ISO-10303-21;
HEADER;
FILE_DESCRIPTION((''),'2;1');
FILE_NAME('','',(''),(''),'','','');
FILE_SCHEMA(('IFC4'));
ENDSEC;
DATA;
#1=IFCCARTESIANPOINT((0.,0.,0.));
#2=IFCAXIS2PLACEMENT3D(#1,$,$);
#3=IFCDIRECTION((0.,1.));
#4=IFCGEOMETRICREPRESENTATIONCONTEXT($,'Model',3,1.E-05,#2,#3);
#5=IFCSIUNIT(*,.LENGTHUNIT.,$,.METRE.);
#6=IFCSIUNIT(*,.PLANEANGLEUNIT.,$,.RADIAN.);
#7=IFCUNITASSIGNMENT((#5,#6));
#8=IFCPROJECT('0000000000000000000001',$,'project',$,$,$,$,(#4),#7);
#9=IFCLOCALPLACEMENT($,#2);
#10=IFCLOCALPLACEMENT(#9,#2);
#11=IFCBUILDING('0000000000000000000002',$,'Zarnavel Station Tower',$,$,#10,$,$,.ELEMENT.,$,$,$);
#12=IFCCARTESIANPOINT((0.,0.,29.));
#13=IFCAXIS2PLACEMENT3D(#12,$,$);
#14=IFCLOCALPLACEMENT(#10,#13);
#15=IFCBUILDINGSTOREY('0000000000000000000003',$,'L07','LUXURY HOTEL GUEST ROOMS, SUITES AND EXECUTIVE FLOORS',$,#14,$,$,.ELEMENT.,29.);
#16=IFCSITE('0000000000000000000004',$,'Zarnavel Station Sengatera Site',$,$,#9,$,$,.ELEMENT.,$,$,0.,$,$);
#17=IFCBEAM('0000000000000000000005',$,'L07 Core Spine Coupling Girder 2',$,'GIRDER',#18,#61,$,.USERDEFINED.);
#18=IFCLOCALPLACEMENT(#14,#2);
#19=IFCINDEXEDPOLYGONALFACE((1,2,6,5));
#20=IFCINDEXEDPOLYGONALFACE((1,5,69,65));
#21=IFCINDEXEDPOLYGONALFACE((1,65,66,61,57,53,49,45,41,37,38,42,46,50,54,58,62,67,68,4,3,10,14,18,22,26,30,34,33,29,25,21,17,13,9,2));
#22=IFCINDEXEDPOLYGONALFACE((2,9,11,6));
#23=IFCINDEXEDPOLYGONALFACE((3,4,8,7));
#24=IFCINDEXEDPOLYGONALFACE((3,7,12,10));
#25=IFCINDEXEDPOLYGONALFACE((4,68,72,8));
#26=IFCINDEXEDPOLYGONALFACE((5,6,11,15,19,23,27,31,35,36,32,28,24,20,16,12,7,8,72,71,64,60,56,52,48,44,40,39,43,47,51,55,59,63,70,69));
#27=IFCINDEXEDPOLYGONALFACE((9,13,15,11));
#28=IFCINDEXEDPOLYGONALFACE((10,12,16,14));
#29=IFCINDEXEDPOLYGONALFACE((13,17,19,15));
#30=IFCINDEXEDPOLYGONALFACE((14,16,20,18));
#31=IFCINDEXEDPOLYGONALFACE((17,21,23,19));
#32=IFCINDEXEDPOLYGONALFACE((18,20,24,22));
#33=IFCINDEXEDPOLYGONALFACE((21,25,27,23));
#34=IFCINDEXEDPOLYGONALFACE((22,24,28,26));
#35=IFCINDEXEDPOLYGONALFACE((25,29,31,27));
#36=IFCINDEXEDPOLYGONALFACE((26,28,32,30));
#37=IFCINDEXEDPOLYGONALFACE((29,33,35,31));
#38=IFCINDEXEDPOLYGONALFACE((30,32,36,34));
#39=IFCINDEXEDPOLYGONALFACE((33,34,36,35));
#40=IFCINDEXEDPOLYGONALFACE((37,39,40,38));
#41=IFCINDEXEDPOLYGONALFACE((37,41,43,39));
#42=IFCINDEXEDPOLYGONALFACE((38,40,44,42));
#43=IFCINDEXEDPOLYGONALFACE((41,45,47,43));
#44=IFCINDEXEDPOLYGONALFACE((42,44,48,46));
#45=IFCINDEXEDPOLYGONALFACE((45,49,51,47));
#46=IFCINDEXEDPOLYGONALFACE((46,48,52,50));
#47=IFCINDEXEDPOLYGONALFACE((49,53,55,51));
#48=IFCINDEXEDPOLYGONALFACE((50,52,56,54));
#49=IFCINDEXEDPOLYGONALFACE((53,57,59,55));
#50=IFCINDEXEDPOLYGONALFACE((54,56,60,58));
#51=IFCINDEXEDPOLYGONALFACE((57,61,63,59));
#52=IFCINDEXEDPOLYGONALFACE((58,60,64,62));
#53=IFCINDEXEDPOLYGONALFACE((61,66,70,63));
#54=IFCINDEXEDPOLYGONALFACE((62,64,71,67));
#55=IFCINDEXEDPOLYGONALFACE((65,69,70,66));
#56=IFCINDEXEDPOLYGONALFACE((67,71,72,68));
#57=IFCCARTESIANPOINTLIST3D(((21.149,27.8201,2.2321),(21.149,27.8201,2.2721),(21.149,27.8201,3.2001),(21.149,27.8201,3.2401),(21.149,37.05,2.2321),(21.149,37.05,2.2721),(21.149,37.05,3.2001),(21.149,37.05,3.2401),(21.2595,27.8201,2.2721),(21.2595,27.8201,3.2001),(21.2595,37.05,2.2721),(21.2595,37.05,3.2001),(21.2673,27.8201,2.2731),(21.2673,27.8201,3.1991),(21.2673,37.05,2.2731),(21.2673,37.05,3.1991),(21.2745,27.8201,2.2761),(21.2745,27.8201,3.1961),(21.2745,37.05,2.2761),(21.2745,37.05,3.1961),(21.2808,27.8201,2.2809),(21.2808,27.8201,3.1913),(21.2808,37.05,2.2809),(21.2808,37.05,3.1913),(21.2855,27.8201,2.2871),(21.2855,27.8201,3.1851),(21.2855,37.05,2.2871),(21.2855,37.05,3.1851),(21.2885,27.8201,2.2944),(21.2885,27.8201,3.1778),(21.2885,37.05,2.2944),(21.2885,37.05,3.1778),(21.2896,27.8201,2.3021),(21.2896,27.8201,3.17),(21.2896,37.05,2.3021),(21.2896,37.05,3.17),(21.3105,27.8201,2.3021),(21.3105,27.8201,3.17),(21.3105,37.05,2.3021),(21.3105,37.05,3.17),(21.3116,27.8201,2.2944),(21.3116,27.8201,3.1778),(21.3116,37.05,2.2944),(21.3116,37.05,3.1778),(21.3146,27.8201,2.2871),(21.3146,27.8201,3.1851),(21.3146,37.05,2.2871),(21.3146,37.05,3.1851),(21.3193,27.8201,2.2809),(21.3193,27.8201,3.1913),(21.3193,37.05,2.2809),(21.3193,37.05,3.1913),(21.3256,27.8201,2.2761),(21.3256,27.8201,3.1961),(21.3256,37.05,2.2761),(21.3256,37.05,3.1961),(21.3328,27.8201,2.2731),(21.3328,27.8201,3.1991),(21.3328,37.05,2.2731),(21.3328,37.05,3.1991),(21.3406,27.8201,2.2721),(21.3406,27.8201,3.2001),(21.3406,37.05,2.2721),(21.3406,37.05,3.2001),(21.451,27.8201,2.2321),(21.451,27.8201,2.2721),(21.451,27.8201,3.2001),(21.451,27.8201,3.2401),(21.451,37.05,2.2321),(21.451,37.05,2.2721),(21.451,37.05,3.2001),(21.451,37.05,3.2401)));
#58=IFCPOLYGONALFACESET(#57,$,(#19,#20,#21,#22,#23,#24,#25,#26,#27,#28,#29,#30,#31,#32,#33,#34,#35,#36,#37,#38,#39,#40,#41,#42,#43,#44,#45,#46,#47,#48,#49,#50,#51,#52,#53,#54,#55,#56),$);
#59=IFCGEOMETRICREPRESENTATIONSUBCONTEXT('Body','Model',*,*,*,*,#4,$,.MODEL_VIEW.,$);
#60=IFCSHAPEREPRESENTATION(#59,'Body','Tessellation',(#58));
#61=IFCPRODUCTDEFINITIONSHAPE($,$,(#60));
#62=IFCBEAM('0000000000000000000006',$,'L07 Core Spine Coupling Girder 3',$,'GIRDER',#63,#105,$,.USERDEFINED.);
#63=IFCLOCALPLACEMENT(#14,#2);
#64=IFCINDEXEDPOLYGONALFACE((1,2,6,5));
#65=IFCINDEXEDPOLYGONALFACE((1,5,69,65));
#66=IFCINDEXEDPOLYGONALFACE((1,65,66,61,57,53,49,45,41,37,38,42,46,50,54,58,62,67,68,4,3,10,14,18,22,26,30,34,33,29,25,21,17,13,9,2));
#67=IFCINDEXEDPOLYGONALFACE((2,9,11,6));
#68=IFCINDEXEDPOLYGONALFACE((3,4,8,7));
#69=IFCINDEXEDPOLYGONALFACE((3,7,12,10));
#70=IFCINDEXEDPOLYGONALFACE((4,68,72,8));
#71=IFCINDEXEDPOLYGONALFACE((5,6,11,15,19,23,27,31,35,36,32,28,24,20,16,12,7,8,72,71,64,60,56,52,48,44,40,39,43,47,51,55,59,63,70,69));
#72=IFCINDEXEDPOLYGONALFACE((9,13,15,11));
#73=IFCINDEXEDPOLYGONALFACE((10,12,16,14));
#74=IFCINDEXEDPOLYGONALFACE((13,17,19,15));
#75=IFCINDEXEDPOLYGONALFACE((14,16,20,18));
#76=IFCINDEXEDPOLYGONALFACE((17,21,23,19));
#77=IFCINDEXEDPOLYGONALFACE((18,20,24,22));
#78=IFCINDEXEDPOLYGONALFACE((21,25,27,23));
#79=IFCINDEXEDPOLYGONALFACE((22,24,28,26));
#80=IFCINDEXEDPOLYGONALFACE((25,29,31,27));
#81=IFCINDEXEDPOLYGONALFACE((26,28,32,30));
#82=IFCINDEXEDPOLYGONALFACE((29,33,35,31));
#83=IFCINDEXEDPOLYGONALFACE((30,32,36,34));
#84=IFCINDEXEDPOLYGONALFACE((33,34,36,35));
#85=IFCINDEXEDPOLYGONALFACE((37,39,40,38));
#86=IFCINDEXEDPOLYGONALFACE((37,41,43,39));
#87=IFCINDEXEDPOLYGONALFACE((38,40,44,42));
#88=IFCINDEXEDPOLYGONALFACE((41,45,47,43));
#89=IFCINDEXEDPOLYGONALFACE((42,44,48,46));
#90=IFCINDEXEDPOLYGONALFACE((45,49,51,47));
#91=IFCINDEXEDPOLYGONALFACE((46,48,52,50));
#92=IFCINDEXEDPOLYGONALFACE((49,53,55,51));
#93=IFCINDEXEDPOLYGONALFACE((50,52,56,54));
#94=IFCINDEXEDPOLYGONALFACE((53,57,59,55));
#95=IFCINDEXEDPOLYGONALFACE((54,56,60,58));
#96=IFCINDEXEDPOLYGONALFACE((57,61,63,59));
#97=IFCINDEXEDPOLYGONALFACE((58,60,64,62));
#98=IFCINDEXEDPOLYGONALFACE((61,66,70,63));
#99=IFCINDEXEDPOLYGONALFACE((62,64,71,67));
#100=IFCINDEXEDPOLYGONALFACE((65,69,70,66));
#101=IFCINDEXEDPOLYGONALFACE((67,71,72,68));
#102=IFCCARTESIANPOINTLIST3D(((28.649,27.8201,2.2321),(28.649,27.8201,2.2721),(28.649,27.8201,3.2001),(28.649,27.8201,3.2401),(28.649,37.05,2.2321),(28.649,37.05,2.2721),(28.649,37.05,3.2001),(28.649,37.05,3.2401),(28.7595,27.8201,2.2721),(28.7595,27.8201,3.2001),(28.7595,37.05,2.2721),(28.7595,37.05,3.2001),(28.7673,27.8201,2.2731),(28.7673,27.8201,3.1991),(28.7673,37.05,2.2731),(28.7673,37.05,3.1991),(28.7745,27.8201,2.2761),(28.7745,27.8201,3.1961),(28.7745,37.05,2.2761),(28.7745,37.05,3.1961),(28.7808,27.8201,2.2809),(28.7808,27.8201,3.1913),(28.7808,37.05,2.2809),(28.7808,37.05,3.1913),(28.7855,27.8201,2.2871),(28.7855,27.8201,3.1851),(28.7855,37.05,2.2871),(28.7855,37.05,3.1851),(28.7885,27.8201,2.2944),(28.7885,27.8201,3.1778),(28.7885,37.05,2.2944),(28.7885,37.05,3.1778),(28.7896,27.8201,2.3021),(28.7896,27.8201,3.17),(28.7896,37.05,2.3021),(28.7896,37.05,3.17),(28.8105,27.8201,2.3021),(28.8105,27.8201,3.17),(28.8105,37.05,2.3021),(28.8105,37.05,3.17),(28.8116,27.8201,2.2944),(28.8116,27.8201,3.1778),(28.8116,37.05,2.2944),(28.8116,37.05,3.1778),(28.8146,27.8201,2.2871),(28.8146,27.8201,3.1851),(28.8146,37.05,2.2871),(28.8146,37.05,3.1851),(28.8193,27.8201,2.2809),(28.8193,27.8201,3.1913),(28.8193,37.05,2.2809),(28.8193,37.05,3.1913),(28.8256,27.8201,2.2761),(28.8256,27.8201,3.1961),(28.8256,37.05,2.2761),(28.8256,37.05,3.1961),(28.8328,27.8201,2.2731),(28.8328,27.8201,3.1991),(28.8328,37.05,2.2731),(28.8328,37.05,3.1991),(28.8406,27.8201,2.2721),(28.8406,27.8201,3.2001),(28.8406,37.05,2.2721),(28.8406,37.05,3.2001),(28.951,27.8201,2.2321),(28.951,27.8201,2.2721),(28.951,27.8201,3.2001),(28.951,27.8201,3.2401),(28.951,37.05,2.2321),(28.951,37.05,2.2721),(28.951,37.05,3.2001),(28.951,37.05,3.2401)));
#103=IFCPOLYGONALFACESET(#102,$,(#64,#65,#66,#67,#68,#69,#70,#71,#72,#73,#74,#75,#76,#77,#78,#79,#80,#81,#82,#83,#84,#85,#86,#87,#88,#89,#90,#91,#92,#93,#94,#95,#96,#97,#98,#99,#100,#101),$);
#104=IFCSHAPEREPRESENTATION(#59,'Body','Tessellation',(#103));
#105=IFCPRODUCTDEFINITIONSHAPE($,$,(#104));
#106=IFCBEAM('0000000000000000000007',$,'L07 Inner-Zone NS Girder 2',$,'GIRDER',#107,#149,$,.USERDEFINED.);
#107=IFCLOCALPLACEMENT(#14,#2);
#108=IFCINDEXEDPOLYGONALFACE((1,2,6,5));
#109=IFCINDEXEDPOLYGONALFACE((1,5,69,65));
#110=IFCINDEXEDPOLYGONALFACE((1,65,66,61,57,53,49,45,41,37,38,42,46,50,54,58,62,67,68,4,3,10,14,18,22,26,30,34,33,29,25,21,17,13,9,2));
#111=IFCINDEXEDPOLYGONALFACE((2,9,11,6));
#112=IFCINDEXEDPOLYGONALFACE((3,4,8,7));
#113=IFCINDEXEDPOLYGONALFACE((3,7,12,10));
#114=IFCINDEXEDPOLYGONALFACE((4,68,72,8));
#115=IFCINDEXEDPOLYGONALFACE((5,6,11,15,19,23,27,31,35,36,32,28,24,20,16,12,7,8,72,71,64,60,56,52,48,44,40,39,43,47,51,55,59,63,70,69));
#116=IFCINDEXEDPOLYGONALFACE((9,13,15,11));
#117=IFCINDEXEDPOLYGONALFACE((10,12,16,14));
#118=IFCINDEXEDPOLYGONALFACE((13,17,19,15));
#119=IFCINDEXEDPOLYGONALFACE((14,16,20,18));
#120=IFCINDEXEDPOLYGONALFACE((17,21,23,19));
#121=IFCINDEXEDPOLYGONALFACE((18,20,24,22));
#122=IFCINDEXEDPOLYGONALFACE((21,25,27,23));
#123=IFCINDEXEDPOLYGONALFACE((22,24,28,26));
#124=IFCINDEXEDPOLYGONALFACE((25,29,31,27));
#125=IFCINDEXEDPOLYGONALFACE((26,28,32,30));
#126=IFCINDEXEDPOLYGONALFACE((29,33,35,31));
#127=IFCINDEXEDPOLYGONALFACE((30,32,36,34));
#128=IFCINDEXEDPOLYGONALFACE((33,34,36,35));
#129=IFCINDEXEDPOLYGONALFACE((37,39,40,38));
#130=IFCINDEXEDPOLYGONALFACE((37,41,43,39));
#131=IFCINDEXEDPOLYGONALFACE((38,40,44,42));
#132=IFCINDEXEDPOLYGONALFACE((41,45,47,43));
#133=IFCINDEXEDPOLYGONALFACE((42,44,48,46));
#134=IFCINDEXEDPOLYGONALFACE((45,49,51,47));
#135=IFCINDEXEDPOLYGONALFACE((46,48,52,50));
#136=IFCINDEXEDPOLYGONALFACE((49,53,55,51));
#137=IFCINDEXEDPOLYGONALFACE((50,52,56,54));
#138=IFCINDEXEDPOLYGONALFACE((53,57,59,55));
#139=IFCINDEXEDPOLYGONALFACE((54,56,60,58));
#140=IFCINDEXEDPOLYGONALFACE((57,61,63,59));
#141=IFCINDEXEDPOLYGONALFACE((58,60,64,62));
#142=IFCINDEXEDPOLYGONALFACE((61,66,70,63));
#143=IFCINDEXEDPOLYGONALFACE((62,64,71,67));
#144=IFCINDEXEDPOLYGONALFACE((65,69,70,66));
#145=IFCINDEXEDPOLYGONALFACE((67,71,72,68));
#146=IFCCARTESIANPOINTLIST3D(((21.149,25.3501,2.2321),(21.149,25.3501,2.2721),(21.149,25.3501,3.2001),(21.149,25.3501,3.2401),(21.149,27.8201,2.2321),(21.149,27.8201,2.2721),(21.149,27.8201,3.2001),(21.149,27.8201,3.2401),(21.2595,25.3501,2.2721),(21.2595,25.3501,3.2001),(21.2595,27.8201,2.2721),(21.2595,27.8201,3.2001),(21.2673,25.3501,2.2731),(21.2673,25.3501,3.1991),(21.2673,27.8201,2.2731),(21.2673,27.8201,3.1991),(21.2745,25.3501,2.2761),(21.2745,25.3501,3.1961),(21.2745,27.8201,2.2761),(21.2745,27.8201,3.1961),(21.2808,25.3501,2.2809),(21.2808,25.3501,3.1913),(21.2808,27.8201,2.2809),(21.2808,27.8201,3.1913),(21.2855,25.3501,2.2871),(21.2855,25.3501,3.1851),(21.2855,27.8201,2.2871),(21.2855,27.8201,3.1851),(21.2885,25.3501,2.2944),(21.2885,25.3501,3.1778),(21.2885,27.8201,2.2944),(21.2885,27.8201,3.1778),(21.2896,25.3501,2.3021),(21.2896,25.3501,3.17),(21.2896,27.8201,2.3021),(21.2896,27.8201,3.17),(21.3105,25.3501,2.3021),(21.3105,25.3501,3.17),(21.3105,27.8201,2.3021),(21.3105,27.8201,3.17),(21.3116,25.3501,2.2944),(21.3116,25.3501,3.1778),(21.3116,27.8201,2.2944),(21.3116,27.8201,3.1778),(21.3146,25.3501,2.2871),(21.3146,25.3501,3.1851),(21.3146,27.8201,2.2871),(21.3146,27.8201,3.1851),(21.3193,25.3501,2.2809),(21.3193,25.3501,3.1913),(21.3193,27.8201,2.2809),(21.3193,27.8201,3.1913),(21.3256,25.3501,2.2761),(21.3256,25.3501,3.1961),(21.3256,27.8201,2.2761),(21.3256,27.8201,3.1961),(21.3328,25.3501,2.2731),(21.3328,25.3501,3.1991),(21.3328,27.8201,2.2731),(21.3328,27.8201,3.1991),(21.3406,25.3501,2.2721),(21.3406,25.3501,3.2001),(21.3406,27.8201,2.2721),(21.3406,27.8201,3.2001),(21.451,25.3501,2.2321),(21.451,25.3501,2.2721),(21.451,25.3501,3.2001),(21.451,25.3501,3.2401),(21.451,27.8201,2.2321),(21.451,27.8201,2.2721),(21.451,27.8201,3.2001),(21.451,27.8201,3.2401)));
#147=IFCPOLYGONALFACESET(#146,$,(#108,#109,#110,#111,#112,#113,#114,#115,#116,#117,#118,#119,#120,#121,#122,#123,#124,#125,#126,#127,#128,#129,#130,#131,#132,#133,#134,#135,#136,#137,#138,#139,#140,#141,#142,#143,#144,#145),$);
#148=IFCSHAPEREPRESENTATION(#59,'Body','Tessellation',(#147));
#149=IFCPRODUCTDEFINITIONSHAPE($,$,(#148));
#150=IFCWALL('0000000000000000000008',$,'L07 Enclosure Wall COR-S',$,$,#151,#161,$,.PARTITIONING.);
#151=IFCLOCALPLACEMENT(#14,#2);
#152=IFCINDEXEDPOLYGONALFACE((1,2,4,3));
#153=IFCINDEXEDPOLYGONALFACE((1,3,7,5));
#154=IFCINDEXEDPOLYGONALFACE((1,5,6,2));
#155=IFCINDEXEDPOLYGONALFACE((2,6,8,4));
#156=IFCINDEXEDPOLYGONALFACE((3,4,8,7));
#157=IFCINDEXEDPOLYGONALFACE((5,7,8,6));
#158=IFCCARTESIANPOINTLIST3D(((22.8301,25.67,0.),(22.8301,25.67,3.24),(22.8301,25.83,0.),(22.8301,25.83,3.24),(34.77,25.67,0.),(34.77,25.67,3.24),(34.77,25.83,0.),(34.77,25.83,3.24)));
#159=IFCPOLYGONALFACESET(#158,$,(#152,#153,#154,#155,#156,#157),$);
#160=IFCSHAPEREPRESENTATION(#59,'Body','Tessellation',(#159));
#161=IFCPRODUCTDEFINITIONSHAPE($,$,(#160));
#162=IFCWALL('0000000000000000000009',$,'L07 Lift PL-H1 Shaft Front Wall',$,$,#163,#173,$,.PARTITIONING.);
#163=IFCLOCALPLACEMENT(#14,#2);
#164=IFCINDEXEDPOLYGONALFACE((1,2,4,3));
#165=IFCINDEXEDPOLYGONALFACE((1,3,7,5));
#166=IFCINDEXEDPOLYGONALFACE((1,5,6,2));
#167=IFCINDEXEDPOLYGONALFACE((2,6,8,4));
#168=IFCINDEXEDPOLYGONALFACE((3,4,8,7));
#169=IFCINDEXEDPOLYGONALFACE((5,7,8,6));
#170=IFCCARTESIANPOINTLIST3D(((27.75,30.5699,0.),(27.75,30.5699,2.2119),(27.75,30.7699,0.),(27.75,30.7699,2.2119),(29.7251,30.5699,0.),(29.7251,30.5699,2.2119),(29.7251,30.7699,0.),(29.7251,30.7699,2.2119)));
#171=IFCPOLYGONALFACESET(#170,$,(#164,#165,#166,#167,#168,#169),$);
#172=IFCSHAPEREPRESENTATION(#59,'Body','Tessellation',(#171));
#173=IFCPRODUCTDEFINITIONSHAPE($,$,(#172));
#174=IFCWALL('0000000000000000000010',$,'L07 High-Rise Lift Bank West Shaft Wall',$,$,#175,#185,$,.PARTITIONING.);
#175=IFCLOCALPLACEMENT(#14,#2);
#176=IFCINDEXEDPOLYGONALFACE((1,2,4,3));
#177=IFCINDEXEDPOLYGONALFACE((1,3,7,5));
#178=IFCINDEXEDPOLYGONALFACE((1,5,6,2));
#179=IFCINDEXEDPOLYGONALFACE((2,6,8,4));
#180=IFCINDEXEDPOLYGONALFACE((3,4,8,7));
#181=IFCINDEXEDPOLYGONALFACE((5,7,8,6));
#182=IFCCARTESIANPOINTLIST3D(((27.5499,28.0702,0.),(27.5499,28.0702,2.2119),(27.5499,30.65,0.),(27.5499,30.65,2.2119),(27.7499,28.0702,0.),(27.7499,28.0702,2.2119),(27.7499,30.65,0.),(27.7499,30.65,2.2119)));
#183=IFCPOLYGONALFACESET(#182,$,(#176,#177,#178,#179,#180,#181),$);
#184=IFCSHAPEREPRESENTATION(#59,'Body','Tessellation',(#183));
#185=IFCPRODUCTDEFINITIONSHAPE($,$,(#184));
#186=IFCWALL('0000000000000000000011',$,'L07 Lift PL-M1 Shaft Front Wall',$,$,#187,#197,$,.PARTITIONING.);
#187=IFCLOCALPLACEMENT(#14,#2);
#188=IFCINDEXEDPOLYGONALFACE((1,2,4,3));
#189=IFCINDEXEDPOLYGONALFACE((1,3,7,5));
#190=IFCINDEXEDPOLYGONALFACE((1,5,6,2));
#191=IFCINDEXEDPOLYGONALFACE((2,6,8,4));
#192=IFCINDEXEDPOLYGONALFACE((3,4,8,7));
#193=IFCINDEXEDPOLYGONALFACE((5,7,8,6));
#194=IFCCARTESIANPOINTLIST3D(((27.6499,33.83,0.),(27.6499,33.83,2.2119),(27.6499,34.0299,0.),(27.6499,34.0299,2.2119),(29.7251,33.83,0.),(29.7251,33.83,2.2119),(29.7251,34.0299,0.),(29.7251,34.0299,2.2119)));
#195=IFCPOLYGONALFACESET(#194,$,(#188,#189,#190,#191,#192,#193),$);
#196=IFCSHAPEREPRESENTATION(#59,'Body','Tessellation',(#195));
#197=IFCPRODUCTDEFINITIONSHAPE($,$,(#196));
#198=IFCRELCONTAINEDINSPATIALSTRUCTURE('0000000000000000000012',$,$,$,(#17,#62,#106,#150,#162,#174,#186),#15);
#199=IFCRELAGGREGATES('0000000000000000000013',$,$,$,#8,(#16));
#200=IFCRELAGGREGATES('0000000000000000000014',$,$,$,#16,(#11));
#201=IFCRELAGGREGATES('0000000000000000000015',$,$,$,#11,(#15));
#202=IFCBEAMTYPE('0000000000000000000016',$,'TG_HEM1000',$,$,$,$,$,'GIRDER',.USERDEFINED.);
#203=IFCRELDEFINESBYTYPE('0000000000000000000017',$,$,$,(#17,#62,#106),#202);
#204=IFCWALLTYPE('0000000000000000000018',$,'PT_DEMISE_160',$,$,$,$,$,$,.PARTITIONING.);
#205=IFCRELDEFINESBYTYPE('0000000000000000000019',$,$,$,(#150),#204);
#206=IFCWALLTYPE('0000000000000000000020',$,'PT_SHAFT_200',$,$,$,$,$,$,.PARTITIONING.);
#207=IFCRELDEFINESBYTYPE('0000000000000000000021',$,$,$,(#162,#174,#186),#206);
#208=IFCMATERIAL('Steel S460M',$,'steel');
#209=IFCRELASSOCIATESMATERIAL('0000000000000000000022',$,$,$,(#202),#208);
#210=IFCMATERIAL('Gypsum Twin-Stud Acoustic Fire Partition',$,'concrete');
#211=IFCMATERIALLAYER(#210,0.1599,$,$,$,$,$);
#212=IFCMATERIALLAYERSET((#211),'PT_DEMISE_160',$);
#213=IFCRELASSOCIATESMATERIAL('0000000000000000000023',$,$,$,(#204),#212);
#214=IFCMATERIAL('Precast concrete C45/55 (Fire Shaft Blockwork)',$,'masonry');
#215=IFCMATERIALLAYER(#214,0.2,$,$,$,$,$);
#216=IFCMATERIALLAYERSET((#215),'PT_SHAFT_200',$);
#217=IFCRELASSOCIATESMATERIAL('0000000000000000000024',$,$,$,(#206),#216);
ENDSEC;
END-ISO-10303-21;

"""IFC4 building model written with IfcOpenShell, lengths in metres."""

from ifc_helpers import new_model, si_unit, direction, frame, frame_2d, origin, origin_2d, place, context, subcontext, project, spatial, rectangle, i_section, extrude, material, layer, layer_set, material_profile, profile_set, type_object, element, save


model = new_model("IFC4")

# Units and contexts
model_context = context("Model", 3, precision=1e-05, world=origin(), true_north=direction((0.0, 1.0)))
body_context = subcontext(model_context, "Body", "Model", "MODEL_VIEW")
ifc_project = project(units=[si_unit("LENGTHUNIT", "METRE"), si_unit("PLANEANGLEUNIT", "RADIAN")], contexts=[model_context])

# Site, building, storey
site_placement = place(None, origin())
site = spatial("IfcSite", under=ifc_project, at=site_placement, Name="Zarnavel Station Sengatera Site", CompositionType="ELEMENT", RefElevation=0.0)
building_placement = place(site_placement, origin())
building = spatial("IfcBuilding", under=site, at=building_placement, Name="Zarnavel Station Tower", CompositionType="ELEMENT")
storey_placement = place(building_placement, frame((0.0, 0.0, 29.0)))
storey = spatial("IfcBuildingStorey", under=building, at=storey_placement, Name="L07", Description="LUXURY HOTEL GUEST ROOMS, SUITES AND EXECUTIVE FLOORS", CompositionType="ELEMENT", Elevation=29.0)

# Beams
ifc_material_1 = material(Name="Steel S460M", Category="steel")
ifc_material_profile_1 = material_profile(ifc_material_1, i_section(OverallWidth=0.302, OverallDepth=1.0081, WebThickness=0.021, FlangeThickness=0.04, FilletRadius=0.03, at=origin_2d()), Name="HEM1000")
ifc_profile_set_1 = profile_set([ifc_material_profile_1], Name="Steel S460M")
beam_type_1 = type_object("IfcBeamType", Name="TG_HEM1000", ElementType="GIRDER", PredefinedType="USERDEFINED", material=ifc_profile_set_1)
for number, where, z_axis, x_axis, name in (
    (1, (21.3, 27.8201, 2.7361), (0.0, 1.0, 0.0), (-1.0, 0.0, 0.0), "L07 Core Spine Coupling Girder 2"),
    (2, (28.8, 27.8201, 2.7361), (0.0, 1.0, 0.0), (-1.0, 0.0, 0.0), "L07 Core Spine Coupling Girder 3"),
):
    element("IfcBeam", number, at=place(storey_placement, frame(where, z_axis=z_axis, x_axis=x_axis)), inside=storey, type_object=beam_type_1, Name=name, ObjectType="GIRDER", PredefinedType="USERDEFINED", context=body_context, shape_type="SweptSolid", body=[
        extrude(i_section(OverallWidth=0.302, OverallDepth=1.0081, WebThickness=0.021, FlangeThickness=0.04, FilletRadius=0.03, at=origin_2d()), origin(), (0.0, 0.0, 1.0), 9.23),
    ])
beam_1_placement = place(storey_placement, frame((21.3, 25.3501, 2.7361), z_axis=(0.0, 1.0, 0.0), x_axis=(-1.0, 0.0, 0.0)))
element("IfcBeam", 3, at=beam_1_placement, inside=storey, type_object=beam_type_1, Name="L07 Inner-Zone NS Girder 2", ObjectType="GIRDER", PredefinedType="USERDEFINED", context=body_context, shape_type="SweptSolid", body=[
    extrude(i_section(OverallWidth=0.302, OverallDepth=1.0081, WebThickness=0.021, FlangeThickness=0.04, FilletRadius=0.03, at=origin_2d()), origin(), (0.0, 0.0, 1.0), 2.47),
])

# Walls
ifc_material_2 = material(Name="Gypsum Twin-Stud Acoustic Fire Partition", Category="concrete")
ifc_layer_1 = layer(ifc_material_2, 0.1599)
ifc_layer_set_1 = layer_set([ifc_layer_1], Name="PT_DEMISE_160")
wall_type_1 = type_object("IfcWallType", Name="PT_DEMISE_160", PredefinedType="PARTITIONING", material=ifc_layer_set_1)
wall_1_placement = place(storey_placement, frame((22.8301, 25.75, 0.0), z_axis=(0.0, 0.0, 1.0), x_axis=(1.0, 0.0, 0.0)))
element("IfcWall", 4, at=wall_1_placement, inside=storey, type_object=wall_type_1, Name="L07 Enclosure Wall COR-S", PredefinedType="PARTITIONING", context=body_context, shape_type="SweptSolid", body=[
    extrude(rectangle(XDim=11.9399, YDim=0.1599, at=frame_2d((5.97, 0.0))), origin(), (0.0, 0.0, 1.0), 3.24),
])
ifc_material_3 = material(Name="Precast concrete C45/55 (Fire Shaft Blockwork)", Category="masonry")
ifc_layer_2 = layer(ifc_material_3, 0.2)
ifc_layer_set_2 = layer_set([ifc_layer_2], Name="PT_SHAFT_200")
wall_type_2 = type_object("IfcWallType", Name="PT_SHAFT_200", PredefinedType="PARTITIONING", material=ifc_layer_set_2)
wall_2_placement = place(storey_placement, frame((27.75, 30.6699, 0.0), z_axis=(0.0, 0.0, 1.0), x_axis=(1.0, 0.0, 0.0)))
element("IfcWall", 5, at=wall_2_placement, inside=storey, type_object=wall_type_2, Name="L07 Lift PL-H1 Shaft Front Wall", PredefinedType="PARTITIONING", context=body_context, shape_type="SweptSolid", body=[
    extrude(rectangle(XDim=1.9751, YDim=0.2, at=frame_2d((0.9875, 0.0))), origin(), (0.0, 0.0, 1.0), 2.2119),
])
wall_3_placement = place(storey_placement, frame((27.6499, 28.0701, 0.0), z_axis=(0.0, 0.0, 1.0), x_axis=(0.0, 1.0, 0.0)))
element("IfcWall", 6, at=wall_3_placement, inside=storey, type_object=wall_type_2, Name="L07 High-Rise Lift Bank West Shaft Wall", PredefinedType="PARTITIONING", context=body_context, shape_type="SweptSolid", body=[
    extrude(rectangle(XDim=2.5798, YDim=0.2, at=frame_2d((1.29, 0.0))), origin(), (0.0, 0.0, 1.0), 2.2119),
])

# Wall
wall_4_placement = place(storey_placement, frame((27.6499, 33.9299, 0.0), z_axis=(0.0, 0.0, 1.0), x_axis=(1.0, 0.0, 0.0)))
element("IfcWall", 7, at=wall_4_placement, inside=storey, type_object=wall_type_2, Name="L07 Lift PL-M1 Shaft Front Wall", PredefinedType="PARTITIONING", context=body_context, shape_type="SweptSolid", body=[
    extrude(rectangle(XDim=2.0752, YDim=0.2, at=frame_2d((1.0376, 0.0))), origin(), (0.0, 0.0, 1.0), 2.2119),
])

save(model, "model.ifc")
